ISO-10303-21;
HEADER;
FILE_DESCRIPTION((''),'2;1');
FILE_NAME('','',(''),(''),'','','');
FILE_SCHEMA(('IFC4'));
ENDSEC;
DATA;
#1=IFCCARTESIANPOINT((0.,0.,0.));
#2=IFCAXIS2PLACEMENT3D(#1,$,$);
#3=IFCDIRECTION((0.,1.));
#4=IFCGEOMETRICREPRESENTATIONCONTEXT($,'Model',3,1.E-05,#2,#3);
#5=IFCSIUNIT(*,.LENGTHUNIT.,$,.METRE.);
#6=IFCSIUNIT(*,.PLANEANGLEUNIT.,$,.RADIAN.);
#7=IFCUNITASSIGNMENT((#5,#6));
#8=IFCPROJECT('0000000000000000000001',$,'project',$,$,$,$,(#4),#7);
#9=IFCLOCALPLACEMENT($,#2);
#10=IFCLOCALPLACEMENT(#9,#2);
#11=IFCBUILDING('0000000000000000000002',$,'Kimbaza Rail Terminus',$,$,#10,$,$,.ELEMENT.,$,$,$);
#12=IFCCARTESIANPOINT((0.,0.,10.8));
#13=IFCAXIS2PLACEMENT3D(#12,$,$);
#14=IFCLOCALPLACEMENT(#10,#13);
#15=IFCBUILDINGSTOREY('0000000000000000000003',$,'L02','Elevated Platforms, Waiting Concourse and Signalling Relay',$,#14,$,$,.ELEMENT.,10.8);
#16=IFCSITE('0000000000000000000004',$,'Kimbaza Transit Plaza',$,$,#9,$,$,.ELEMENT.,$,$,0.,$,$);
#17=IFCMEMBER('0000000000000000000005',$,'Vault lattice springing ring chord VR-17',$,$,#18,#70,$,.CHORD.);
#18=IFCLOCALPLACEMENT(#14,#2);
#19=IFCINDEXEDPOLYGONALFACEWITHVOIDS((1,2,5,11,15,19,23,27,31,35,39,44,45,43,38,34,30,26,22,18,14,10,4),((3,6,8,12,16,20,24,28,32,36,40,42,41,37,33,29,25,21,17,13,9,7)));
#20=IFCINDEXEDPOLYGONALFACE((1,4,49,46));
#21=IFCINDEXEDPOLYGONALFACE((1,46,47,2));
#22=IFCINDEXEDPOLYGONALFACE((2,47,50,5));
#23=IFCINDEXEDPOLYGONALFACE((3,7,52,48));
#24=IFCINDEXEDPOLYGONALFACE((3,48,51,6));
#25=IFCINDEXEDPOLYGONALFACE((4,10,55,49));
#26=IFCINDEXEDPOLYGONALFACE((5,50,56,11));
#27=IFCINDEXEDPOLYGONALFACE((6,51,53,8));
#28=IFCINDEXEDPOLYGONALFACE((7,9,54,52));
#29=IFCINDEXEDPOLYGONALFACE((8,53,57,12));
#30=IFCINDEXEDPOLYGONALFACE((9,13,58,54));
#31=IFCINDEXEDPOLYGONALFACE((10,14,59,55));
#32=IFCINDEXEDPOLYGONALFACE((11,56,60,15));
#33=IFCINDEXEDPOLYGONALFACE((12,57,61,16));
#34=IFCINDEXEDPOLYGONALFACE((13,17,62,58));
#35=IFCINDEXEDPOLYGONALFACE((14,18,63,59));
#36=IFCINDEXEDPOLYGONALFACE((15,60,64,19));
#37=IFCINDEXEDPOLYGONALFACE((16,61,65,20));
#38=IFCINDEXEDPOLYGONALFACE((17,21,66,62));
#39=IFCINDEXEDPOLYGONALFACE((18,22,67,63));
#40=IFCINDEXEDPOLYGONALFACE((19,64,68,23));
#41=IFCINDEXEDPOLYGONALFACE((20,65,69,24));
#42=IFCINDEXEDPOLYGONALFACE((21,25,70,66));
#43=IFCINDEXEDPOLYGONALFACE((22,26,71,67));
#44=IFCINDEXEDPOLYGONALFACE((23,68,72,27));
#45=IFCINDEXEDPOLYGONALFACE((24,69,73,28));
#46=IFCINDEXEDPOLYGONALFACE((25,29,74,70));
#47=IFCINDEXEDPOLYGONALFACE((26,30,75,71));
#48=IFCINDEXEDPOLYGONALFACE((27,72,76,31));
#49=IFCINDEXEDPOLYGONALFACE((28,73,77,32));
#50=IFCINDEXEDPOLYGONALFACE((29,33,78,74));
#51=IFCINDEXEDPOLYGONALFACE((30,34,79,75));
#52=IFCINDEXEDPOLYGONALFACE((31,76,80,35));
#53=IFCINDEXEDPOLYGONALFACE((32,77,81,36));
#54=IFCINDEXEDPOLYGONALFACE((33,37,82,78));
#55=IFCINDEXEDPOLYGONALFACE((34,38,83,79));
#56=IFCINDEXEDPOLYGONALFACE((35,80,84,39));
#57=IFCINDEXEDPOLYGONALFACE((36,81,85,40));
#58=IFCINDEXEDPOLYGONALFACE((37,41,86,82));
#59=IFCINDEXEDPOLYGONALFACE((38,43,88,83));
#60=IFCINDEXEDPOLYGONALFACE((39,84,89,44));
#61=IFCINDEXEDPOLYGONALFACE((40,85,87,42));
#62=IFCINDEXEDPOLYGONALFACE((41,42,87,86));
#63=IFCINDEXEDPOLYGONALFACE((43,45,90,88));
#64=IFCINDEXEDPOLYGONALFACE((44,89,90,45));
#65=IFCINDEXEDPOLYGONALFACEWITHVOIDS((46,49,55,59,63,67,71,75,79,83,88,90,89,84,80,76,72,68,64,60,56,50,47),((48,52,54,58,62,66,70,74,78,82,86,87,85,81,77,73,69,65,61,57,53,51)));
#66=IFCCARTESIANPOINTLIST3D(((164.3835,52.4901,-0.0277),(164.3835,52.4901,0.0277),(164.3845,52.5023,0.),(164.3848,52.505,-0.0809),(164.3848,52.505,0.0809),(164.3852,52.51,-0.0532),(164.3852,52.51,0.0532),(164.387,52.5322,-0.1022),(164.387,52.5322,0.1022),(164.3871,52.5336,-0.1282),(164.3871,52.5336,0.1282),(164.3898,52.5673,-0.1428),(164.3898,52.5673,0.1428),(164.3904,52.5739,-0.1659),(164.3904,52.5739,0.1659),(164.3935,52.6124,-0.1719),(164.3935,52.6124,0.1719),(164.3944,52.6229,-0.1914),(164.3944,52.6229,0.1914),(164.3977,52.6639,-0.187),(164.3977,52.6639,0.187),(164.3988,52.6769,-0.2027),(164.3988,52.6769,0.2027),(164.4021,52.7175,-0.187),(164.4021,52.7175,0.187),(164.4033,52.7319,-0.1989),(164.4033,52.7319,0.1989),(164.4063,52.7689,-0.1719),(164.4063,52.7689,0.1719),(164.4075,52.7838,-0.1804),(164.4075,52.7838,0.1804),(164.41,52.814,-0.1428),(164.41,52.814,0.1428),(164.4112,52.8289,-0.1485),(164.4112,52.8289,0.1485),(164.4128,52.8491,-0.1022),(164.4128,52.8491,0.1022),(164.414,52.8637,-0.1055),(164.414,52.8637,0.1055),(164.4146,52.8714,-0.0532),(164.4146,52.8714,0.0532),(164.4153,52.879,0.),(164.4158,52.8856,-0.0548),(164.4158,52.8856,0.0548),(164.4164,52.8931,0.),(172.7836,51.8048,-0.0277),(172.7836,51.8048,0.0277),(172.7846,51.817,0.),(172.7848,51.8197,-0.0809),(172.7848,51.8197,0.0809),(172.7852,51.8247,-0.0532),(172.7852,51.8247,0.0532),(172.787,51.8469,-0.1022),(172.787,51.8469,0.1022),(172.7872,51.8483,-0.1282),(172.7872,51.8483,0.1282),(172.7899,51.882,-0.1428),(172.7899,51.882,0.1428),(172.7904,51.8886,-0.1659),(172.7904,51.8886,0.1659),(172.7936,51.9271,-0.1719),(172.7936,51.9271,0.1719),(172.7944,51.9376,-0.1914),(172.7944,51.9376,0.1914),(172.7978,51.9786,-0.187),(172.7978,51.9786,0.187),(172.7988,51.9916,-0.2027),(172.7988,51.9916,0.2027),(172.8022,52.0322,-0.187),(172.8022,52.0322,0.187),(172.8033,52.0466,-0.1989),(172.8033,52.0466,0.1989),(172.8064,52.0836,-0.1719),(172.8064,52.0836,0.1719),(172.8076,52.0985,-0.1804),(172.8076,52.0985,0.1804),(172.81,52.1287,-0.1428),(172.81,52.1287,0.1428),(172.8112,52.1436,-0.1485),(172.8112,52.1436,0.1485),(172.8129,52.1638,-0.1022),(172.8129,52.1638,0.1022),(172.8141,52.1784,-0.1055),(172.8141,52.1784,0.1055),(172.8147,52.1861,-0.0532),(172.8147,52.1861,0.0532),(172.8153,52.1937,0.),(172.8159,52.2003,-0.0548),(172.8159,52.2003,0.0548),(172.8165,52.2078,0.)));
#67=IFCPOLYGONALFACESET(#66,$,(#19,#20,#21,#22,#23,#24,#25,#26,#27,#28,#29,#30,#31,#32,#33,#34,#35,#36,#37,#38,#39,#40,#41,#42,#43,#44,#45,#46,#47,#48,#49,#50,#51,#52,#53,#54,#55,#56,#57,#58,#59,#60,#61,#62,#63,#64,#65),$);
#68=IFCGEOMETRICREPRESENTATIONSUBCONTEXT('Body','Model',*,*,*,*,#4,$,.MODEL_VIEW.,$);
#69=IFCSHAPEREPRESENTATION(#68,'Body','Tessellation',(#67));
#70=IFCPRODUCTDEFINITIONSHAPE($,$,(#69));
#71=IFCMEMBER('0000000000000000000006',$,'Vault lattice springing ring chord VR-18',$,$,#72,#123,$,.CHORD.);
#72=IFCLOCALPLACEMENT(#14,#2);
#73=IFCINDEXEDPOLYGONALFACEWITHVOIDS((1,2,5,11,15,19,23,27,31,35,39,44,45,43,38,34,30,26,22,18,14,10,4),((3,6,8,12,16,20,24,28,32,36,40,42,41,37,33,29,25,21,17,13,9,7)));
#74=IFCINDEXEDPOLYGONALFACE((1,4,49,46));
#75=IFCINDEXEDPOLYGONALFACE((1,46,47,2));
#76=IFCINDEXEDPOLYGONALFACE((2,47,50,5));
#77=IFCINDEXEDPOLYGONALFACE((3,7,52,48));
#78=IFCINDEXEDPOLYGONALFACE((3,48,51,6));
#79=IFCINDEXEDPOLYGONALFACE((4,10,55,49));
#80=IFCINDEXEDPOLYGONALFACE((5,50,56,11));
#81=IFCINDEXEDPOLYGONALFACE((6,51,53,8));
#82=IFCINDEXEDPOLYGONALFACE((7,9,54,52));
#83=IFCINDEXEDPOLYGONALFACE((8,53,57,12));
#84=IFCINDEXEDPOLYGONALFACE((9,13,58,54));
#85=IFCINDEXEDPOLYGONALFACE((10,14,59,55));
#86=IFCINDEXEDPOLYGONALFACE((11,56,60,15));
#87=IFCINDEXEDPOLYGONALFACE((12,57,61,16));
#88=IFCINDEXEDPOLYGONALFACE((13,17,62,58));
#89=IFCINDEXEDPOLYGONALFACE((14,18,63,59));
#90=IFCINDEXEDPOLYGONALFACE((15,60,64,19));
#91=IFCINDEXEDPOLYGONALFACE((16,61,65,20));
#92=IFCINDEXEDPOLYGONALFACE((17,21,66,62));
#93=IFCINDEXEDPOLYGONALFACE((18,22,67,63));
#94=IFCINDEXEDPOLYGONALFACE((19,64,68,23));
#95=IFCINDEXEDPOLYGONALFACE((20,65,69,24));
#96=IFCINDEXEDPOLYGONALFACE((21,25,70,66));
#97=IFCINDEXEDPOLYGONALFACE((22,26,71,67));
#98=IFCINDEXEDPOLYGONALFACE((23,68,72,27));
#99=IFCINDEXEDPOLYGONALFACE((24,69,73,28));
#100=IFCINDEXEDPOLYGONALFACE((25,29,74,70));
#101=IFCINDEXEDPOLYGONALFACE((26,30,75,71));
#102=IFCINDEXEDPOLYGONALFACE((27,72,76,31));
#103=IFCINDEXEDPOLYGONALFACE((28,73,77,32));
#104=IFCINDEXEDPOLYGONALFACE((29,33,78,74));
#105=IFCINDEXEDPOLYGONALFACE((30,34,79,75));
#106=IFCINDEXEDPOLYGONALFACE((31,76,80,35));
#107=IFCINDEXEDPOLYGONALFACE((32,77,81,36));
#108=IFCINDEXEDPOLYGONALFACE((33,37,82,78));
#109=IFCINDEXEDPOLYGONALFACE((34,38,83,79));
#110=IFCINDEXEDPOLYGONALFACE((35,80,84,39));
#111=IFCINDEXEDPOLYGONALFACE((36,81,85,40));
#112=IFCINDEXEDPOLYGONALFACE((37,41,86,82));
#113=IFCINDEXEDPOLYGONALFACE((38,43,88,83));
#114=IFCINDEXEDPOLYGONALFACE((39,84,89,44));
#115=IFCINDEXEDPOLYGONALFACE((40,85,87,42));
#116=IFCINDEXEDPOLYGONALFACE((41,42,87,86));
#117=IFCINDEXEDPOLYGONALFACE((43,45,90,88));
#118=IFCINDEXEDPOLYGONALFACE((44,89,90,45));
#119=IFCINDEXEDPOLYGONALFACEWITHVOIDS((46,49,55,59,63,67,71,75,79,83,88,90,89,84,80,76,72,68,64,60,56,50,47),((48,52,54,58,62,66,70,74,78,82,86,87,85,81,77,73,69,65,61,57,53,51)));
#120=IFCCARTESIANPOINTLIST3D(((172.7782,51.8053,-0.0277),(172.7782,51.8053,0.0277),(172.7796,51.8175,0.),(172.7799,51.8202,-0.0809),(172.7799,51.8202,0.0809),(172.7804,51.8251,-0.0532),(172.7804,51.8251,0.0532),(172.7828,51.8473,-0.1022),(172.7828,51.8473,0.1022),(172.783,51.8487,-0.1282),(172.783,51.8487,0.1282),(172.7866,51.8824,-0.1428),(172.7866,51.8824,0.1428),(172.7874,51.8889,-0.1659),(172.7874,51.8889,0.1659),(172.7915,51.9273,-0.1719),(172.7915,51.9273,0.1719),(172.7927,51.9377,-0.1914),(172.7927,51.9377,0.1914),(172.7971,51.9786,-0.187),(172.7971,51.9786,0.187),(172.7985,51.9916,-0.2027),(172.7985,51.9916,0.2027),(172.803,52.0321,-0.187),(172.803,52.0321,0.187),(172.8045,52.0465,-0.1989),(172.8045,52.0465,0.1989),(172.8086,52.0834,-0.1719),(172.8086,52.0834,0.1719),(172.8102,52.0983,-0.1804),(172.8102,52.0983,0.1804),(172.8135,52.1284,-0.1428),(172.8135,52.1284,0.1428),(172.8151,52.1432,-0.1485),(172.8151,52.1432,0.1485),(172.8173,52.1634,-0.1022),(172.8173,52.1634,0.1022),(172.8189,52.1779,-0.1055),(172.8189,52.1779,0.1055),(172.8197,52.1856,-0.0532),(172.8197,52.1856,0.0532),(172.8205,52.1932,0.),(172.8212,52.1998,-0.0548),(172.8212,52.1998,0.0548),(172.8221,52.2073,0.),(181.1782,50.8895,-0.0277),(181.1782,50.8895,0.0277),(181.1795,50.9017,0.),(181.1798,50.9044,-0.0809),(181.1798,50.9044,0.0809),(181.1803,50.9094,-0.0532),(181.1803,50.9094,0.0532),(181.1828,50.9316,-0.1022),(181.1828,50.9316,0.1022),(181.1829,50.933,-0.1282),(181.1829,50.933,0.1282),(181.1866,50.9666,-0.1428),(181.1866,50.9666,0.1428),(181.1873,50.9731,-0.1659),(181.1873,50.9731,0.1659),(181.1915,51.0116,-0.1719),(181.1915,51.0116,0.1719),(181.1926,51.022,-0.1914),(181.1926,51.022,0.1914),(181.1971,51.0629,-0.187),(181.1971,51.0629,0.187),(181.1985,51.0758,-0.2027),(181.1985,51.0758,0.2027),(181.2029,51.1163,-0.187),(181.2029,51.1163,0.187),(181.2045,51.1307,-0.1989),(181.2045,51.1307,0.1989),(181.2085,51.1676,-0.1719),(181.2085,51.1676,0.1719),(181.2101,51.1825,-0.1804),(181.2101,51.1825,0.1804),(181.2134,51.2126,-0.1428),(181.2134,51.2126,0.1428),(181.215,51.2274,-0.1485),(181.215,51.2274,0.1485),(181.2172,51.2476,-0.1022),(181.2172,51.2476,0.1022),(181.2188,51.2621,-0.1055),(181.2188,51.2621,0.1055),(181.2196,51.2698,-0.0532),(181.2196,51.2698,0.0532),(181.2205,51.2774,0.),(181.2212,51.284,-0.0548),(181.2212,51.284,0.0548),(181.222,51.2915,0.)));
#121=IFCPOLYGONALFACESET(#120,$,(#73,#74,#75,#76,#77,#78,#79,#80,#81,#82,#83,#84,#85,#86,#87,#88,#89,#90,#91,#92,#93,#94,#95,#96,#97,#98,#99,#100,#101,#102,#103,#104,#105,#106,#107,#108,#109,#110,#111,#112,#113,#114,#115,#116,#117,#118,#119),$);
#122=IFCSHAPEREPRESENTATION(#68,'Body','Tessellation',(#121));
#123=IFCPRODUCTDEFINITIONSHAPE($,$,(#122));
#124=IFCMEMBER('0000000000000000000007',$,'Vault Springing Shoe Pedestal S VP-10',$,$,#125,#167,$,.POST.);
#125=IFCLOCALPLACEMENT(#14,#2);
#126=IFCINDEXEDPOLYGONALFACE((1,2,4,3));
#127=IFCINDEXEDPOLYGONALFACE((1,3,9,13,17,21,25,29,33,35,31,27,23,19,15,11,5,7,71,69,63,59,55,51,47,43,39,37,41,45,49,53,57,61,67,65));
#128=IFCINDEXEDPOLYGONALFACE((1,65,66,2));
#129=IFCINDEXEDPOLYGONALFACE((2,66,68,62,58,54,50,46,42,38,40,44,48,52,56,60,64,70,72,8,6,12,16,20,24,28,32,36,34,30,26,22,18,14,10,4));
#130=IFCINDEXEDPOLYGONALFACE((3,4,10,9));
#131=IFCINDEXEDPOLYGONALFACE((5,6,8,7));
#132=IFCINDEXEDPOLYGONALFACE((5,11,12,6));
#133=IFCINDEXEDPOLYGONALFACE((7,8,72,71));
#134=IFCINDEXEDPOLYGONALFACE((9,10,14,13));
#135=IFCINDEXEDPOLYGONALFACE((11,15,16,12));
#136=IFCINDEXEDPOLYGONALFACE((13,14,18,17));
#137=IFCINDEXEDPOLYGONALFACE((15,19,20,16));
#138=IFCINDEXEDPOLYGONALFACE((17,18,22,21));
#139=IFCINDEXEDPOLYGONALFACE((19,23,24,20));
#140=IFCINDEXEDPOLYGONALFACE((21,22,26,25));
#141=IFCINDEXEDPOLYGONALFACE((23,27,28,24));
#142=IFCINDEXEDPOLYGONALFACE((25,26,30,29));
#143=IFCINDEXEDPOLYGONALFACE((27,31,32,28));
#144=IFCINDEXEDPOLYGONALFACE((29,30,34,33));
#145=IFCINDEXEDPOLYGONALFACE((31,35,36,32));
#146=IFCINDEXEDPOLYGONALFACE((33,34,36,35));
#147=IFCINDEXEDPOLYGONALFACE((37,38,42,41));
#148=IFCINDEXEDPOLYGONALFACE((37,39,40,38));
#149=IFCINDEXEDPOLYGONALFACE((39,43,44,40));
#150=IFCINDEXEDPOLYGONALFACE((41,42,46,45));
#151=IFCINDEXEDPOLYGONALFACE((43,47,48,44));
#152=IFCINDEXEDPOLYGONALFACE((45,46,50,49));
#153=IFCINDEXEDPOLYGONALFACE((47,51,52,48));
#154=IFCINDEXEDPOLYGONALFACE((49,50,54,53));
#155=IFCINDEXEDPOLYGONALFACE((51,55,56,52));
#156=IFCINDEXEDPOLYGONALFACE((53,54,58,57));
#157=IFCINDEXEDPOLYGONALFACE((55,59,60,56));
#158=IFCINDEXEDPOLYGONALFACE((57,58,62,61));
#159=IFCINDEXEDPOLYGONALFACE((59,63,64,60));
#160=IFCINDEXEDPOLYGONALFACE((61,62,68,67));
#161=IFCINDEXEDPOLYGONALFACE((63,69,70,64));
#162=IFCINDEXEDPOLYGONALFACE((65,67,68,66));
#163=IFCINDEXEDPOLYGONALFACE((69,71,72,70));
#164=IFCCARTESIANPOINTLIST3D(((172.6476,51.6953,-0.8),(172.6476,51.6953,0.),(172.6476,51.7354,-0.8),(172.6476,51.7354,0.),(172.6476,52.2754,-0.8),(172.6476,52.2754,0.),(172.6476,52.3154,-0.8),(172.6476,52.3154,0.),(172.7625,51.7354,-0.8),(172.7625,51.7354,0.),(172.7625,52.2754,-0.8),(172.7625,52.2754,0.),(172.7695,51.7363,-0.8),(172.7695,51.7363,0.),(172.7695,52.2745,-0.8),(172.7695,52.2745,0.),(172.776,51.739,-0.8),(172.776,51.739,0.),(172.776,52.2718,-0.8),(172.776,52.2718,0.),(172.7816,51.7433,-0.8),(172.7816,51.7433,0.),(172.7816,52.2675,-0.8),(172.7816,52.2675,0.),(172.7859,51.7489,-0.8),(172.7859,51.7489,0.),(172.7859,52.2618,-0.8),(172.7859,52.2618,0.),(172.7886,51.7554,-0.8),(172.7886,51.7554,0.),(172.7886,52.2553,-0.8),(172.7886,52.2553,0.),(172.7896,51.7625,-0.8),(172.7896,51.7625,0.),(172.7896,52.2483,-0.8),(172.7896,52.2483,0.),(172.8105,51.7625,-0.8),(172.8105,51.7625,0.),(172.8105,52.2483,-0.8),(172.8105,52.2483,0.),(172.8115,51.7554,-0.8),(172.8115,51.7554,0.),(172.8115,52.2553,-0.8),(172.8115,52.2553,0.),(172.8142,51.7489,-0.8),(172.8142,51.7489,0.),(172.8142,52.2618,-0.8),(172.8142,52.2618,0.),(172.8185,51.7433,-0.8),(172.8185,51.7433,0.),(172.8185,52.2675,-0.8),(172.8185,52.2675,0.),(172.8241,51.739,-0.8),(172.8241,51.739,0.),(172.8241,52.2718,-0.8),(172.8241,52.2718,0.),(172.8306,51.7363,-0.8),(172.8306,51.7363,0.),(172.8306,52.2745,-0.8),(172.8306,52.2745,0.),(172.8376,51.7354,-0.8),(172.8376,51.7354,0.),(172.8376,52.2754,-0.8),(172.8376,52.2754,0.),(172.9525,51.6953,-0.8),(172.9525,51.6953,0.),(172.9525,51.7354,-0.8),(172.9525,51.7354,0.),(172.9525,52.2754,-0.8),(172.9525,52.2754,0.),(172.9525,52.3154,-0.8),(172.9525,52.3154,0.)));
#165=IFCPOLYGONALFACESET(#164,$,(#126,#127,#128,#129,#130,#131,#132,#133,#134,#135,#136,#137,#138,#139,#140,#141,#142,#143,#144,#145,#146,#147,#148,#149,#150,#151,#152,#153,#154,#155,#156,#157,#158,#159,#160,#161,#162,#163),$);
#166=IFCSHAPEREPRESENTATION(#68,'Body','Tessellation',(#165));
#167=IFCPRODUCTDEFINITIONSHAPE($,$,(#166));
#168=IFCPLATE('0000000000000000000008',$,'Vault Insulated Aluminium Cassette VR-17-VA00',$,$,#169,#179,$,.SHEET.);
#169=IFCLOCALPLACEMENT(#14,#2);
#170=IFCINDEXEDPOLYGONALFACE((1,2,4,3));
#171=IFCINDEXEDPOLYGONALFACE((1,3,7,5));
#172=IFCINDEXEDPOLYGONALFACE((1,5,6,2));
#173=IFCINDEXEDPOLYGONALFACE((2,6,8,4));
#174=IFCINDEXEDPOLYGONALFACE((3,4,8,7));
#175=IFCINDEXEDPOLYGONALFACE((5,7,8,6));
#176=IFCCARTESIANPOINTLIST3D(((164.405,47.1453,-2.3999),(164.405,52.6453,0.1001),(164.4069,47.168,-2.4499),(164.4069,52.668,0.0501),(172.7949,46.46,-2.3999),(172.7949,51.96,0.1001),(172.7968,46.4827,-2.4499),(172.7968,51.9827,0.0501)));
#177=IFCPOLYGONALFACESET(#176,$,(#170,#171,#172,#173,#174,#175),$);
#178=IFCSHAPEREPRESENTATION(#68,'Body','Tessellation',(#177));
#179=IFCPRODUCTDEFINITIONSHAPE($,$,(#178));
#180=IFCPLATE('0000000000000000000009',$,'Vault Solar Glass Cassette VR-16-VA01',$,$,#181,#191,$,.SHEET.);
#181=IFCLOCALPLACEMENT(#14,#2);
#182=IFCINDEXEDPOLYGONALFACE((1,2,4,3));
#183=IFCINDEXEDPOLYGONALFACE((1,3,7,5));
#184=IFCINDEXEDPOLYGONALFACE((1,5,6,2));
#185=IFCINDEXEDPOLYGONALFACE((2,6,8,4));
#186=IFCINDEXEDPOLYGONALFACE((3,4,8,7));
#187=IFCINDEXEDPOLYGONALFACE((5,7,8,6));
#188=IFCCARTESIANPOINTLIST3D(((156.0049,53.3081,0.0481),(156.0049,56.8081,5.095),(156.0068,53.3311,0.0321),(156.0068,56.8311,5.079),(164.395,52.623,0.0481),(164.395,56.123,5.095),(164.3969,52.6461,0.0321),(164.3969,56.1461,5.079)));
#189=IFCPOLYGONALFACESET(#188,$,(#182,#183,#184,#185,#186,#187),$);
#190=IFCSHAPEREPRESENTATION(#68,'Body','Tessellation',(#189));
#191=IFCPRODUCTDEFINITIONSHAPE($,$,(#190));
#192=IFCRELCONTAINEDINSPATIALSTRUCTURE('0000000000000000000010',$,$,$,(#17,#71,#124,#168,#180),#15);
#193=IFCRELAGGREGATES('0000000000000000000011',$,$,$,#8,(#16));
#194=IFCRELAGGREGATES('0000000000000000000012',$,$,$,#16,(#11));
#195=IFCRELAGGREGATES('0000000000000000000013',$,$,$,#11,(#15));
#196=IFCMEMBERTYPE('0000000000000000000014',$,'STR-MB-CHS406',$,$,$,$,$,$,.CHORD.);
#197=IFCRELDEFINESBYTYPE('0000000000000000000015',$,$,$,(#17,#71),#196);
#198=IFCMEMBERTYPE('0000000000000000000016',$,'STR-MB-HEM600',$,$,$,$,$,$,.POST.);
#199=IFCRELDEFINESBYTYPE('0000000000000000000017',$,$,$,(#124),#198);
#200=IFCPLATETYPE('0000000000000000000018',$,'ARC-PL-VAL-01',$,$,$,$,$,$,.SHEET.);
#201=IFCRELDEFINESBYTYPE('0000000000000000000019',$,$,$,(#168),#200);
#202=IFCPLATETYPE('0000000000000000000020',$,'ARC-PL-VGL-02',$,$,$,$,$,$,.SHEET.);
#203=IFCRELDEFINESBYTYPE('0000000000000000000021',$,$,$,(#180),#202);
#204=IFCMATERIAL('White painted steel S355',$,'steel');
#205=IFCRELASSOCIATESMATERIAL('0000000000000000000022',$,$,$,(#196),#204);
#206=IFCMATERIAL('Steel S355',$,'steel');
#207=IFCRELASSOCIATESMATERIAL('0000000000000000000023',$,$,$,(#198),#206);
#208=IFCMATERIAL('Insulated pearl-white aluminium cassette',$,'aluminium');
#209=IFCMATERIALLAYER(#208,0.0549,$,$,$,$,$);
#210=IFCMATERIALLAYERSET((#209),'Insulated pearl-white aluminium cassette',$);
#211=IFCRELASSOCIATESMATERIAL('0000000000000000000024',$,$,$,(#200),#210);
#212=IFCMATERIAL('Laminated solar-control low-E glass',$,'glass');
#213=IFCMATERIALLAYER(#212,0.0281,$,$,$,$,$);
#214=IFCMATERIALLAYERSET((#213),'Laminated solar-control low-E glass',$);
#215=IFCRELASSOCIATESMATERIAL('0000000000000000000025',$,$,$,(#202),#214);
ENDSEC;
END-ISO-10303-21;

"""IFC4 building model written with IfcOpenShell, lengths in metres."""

from ifc_helpers import new_model, si_unit, direction, frame, origin, origin_2d, place, context, subcontext, project, spatial, polyline, hollow_circle, i_section, outline, extrude, material, layer, layer_set, material_profile, profile_set, type_object, element, save


model = new_model("IFC4")

# Units and contexts
model_context = context("Model", 3, precision=1e-05, world=origin(), true_north=direction((0.0, 1.0)))
body_context = subcontext(model_context, "Body", "Model", "MODEL_VIEW")
ifc_project = project(units=[si_unit("LENGTHUNIT", "METRE"), si_unit("PLANEANGLEUNIT", "RADIAN")], contexts=[model_context])

# Site, building, storey
site_placement = place(None, origin())
site = spatial("IfcSite", under=ifc_project, at=site_placement, Name="Kimbaza Transit Plaza", CompositionType="ELEMENT", RefElevation=0.0)
building_placement = place(site_placement, origin())
building = spatial("IfcBuilding", under=site, at=building_placement, Name="Kimbaza Rail Terminus", CompositionType="ELEMENT")
storey_placement = place(building_placement, frame((0.0, 0.0, 10.8)))
storey = spatial("IfcBuildingStorey", under=building, at=storey_placement, Name="L02", Description="Elevated Platforms, Waiting Concourse and Signalling Relay", CompositionType="ELEMENT", Elevation=10.8)

# Members
ifc_material_1 = material(Name="White painted steel S355", Category="steel")
ifc_material_profile_1 = material_profile(ifc_material_1, hollow_circle(Radius=0.2031, WallThickness=0.0142, at=origin_2d()), Name="CHS 406.4x14.2")
ifc_profile_set_1 = profile_set([ifc_material_profile_1], Name="White painted steel S355")
member_type_1 = type_object("IfcMemberType", Name="STR-MB-CHS406", PredefinedType="CHORD", material=ifc_profile_set_1)
member_1_placement = place(storey_placement, frame((164.3999, 52.6907, 0.0), z_axis=(0.996689, -0.081312, 0.0), x_axis=(0.081312, 0.996689, 0.0)))
element("IfcMember", 1, at=member_1_placement, inside=storey, type_object=member_type_1, Name="Vault lattice springing ring chord VR-17", PredefinedType="CHORD", context=body_context, shape_type="SweptSolid", body=[
    extrude(hollow_circle(Radius=0.2031, WallThickness=0.0142, at=origin_2d()), origin(), (0.0, 0.0, 1.0), 8.428),
])
member_2_placement = place(storey_placement, frame((172.8, 52.0054, 0.0), z_axis=(0.99411, -0.10838, 0.0), x_axis=(0.10838, 0.99411, 0.0)))
element("IfcMember", 2, at=member_2_placement, inside=storey, type_object=member_type_1, Name="Vault lattice springing ring chord VR-18", PredefinedType="CHORD", context=body_context, shape_type="SweptSolid", body=[
    extrude(hollow_circle(Radius=0.2031, WallThickness=0.0142, at=origin_2d()), origin(), (0.0, 0.0, 1.0), 8.4497),
])
ifc_material_2 = material(Name="Steel S355", Category="steel")
ifc_material_profile_2 = material_profile(ifc_material_2, i_section(OverallWidth=0.3049, OverallDepth=0.6201, WebThickness=0.021, FlangeThickness=0.04, FilletRadius=0.0271, at=origin_2d()), Name="HEM 600")
ifc_profile_set_2 = profile_set([ifc_material_profile_2], Name="Steel S355")
member_type_2 = type_object("IfcMemberType", Name="STR-MB-HEM600", PredefinedType="POST", material=ifc_profile_set_2)
member_3_placement = place(storey_placement, frame((172.8, 52.0054, -0.8), z_axis=(0.0, 0.0, 1.0), x_axis=(1.0, 0.0, 0.0)))
element("IfcMember", 3, at=member_3_placement, inside=storey, type_object=member_type_2, Name="Vault Springing Shoe Pedestal S VP-10", PredefinedType="POST", context=body_context, shape_type="SweptSolid", body=[
    extrude(i_section(OverallWidth=0.3049, OverallDepth=0.6201, WebThickness=0.021, FlangeThickness=0.04, FilletRadius=0.0271, at=origin_2d()), origin(), (0.0, 0.0, 1.0), 0.8),
])

# Plates
ifc_material_3 = material(Name="Insulated pearl-white aluminium cassette", Category="aluminium")
ifc_layer_1 = layer(ifc_material_3, 0.0549)
ifc_layer_set_1 = layer_set([ifc_layer_1], Name="Insulated pearl-white aluminium cassette")
plate_type_1 = type_object("IfcPlateType", Name="ARC-PL-VAL-01", PredefinedType="SHEET", material=ifc_layer_set_1)
plate_1_placement = place(storey_placement, frame((164.405, 47.1453, -2.3999), z_axis=(-0.033781, -0.413567, 0.909847), x_axis=(0.996681, -0.081411, 0.0)))
element("IfcPlate", 4, at=plate_1_placement, inside=storey, type_object=plate_type_1, Name="Vault Insulated Aluminium Cassette VR-17-VA00", PredefinedType="SHEET", context=body_context, shape_type="SweptSolid", body=[
    extrude(outline(polyline([(0.0, 0.0), (8.4178, 0.0), (7.9701, 6.0249), (-0.4478, 6.0249), (0.0, 0.0)])), origin(), (0.0, 0.0, -1.0), 0.0549),
])
ifc_material_4 = material(Name="Laminated solar-control low-E glass", Category="glass")
ifc_layer_2 = layer(ifc_material_4, 0.0281)
ifc_layer_set_2 = layer_set([ifc_layer_2], Name="Laminated solar-control low-E glass")
plate_type_2 = type_object("IfcPlateType", Name="ARC-PL-VGL-02", PredefinedType="SHEET", material=ifc_layer_set_2)
plate_2_placement = place(storey_placement, frame((156.0049, 53.3081, 0.0481), z_axis=(-0.066944, -0.819891, 0.568593), x_axis=(0.996683, -0.08138, 0.0)))
element("IfcPlate", 5, at=plate_2_placement, inside=storey, type_object=plate_type_2, Name="Vault Solar Glass Cassette VR-16-VA01", PredefinedType="SHEET", context=body_context, shape_type="SweptSolid", body=[
    extrude(outline(polyline([(0.0, 0.0), (8.4181, 0.0), (8.1332, 6.1351), (-0.2848, 6.1351), (0.0, 0.0)])), origin(), (0.0, 0.0, -1.0), 0.0281),
])

save(model, "model.ifc")
